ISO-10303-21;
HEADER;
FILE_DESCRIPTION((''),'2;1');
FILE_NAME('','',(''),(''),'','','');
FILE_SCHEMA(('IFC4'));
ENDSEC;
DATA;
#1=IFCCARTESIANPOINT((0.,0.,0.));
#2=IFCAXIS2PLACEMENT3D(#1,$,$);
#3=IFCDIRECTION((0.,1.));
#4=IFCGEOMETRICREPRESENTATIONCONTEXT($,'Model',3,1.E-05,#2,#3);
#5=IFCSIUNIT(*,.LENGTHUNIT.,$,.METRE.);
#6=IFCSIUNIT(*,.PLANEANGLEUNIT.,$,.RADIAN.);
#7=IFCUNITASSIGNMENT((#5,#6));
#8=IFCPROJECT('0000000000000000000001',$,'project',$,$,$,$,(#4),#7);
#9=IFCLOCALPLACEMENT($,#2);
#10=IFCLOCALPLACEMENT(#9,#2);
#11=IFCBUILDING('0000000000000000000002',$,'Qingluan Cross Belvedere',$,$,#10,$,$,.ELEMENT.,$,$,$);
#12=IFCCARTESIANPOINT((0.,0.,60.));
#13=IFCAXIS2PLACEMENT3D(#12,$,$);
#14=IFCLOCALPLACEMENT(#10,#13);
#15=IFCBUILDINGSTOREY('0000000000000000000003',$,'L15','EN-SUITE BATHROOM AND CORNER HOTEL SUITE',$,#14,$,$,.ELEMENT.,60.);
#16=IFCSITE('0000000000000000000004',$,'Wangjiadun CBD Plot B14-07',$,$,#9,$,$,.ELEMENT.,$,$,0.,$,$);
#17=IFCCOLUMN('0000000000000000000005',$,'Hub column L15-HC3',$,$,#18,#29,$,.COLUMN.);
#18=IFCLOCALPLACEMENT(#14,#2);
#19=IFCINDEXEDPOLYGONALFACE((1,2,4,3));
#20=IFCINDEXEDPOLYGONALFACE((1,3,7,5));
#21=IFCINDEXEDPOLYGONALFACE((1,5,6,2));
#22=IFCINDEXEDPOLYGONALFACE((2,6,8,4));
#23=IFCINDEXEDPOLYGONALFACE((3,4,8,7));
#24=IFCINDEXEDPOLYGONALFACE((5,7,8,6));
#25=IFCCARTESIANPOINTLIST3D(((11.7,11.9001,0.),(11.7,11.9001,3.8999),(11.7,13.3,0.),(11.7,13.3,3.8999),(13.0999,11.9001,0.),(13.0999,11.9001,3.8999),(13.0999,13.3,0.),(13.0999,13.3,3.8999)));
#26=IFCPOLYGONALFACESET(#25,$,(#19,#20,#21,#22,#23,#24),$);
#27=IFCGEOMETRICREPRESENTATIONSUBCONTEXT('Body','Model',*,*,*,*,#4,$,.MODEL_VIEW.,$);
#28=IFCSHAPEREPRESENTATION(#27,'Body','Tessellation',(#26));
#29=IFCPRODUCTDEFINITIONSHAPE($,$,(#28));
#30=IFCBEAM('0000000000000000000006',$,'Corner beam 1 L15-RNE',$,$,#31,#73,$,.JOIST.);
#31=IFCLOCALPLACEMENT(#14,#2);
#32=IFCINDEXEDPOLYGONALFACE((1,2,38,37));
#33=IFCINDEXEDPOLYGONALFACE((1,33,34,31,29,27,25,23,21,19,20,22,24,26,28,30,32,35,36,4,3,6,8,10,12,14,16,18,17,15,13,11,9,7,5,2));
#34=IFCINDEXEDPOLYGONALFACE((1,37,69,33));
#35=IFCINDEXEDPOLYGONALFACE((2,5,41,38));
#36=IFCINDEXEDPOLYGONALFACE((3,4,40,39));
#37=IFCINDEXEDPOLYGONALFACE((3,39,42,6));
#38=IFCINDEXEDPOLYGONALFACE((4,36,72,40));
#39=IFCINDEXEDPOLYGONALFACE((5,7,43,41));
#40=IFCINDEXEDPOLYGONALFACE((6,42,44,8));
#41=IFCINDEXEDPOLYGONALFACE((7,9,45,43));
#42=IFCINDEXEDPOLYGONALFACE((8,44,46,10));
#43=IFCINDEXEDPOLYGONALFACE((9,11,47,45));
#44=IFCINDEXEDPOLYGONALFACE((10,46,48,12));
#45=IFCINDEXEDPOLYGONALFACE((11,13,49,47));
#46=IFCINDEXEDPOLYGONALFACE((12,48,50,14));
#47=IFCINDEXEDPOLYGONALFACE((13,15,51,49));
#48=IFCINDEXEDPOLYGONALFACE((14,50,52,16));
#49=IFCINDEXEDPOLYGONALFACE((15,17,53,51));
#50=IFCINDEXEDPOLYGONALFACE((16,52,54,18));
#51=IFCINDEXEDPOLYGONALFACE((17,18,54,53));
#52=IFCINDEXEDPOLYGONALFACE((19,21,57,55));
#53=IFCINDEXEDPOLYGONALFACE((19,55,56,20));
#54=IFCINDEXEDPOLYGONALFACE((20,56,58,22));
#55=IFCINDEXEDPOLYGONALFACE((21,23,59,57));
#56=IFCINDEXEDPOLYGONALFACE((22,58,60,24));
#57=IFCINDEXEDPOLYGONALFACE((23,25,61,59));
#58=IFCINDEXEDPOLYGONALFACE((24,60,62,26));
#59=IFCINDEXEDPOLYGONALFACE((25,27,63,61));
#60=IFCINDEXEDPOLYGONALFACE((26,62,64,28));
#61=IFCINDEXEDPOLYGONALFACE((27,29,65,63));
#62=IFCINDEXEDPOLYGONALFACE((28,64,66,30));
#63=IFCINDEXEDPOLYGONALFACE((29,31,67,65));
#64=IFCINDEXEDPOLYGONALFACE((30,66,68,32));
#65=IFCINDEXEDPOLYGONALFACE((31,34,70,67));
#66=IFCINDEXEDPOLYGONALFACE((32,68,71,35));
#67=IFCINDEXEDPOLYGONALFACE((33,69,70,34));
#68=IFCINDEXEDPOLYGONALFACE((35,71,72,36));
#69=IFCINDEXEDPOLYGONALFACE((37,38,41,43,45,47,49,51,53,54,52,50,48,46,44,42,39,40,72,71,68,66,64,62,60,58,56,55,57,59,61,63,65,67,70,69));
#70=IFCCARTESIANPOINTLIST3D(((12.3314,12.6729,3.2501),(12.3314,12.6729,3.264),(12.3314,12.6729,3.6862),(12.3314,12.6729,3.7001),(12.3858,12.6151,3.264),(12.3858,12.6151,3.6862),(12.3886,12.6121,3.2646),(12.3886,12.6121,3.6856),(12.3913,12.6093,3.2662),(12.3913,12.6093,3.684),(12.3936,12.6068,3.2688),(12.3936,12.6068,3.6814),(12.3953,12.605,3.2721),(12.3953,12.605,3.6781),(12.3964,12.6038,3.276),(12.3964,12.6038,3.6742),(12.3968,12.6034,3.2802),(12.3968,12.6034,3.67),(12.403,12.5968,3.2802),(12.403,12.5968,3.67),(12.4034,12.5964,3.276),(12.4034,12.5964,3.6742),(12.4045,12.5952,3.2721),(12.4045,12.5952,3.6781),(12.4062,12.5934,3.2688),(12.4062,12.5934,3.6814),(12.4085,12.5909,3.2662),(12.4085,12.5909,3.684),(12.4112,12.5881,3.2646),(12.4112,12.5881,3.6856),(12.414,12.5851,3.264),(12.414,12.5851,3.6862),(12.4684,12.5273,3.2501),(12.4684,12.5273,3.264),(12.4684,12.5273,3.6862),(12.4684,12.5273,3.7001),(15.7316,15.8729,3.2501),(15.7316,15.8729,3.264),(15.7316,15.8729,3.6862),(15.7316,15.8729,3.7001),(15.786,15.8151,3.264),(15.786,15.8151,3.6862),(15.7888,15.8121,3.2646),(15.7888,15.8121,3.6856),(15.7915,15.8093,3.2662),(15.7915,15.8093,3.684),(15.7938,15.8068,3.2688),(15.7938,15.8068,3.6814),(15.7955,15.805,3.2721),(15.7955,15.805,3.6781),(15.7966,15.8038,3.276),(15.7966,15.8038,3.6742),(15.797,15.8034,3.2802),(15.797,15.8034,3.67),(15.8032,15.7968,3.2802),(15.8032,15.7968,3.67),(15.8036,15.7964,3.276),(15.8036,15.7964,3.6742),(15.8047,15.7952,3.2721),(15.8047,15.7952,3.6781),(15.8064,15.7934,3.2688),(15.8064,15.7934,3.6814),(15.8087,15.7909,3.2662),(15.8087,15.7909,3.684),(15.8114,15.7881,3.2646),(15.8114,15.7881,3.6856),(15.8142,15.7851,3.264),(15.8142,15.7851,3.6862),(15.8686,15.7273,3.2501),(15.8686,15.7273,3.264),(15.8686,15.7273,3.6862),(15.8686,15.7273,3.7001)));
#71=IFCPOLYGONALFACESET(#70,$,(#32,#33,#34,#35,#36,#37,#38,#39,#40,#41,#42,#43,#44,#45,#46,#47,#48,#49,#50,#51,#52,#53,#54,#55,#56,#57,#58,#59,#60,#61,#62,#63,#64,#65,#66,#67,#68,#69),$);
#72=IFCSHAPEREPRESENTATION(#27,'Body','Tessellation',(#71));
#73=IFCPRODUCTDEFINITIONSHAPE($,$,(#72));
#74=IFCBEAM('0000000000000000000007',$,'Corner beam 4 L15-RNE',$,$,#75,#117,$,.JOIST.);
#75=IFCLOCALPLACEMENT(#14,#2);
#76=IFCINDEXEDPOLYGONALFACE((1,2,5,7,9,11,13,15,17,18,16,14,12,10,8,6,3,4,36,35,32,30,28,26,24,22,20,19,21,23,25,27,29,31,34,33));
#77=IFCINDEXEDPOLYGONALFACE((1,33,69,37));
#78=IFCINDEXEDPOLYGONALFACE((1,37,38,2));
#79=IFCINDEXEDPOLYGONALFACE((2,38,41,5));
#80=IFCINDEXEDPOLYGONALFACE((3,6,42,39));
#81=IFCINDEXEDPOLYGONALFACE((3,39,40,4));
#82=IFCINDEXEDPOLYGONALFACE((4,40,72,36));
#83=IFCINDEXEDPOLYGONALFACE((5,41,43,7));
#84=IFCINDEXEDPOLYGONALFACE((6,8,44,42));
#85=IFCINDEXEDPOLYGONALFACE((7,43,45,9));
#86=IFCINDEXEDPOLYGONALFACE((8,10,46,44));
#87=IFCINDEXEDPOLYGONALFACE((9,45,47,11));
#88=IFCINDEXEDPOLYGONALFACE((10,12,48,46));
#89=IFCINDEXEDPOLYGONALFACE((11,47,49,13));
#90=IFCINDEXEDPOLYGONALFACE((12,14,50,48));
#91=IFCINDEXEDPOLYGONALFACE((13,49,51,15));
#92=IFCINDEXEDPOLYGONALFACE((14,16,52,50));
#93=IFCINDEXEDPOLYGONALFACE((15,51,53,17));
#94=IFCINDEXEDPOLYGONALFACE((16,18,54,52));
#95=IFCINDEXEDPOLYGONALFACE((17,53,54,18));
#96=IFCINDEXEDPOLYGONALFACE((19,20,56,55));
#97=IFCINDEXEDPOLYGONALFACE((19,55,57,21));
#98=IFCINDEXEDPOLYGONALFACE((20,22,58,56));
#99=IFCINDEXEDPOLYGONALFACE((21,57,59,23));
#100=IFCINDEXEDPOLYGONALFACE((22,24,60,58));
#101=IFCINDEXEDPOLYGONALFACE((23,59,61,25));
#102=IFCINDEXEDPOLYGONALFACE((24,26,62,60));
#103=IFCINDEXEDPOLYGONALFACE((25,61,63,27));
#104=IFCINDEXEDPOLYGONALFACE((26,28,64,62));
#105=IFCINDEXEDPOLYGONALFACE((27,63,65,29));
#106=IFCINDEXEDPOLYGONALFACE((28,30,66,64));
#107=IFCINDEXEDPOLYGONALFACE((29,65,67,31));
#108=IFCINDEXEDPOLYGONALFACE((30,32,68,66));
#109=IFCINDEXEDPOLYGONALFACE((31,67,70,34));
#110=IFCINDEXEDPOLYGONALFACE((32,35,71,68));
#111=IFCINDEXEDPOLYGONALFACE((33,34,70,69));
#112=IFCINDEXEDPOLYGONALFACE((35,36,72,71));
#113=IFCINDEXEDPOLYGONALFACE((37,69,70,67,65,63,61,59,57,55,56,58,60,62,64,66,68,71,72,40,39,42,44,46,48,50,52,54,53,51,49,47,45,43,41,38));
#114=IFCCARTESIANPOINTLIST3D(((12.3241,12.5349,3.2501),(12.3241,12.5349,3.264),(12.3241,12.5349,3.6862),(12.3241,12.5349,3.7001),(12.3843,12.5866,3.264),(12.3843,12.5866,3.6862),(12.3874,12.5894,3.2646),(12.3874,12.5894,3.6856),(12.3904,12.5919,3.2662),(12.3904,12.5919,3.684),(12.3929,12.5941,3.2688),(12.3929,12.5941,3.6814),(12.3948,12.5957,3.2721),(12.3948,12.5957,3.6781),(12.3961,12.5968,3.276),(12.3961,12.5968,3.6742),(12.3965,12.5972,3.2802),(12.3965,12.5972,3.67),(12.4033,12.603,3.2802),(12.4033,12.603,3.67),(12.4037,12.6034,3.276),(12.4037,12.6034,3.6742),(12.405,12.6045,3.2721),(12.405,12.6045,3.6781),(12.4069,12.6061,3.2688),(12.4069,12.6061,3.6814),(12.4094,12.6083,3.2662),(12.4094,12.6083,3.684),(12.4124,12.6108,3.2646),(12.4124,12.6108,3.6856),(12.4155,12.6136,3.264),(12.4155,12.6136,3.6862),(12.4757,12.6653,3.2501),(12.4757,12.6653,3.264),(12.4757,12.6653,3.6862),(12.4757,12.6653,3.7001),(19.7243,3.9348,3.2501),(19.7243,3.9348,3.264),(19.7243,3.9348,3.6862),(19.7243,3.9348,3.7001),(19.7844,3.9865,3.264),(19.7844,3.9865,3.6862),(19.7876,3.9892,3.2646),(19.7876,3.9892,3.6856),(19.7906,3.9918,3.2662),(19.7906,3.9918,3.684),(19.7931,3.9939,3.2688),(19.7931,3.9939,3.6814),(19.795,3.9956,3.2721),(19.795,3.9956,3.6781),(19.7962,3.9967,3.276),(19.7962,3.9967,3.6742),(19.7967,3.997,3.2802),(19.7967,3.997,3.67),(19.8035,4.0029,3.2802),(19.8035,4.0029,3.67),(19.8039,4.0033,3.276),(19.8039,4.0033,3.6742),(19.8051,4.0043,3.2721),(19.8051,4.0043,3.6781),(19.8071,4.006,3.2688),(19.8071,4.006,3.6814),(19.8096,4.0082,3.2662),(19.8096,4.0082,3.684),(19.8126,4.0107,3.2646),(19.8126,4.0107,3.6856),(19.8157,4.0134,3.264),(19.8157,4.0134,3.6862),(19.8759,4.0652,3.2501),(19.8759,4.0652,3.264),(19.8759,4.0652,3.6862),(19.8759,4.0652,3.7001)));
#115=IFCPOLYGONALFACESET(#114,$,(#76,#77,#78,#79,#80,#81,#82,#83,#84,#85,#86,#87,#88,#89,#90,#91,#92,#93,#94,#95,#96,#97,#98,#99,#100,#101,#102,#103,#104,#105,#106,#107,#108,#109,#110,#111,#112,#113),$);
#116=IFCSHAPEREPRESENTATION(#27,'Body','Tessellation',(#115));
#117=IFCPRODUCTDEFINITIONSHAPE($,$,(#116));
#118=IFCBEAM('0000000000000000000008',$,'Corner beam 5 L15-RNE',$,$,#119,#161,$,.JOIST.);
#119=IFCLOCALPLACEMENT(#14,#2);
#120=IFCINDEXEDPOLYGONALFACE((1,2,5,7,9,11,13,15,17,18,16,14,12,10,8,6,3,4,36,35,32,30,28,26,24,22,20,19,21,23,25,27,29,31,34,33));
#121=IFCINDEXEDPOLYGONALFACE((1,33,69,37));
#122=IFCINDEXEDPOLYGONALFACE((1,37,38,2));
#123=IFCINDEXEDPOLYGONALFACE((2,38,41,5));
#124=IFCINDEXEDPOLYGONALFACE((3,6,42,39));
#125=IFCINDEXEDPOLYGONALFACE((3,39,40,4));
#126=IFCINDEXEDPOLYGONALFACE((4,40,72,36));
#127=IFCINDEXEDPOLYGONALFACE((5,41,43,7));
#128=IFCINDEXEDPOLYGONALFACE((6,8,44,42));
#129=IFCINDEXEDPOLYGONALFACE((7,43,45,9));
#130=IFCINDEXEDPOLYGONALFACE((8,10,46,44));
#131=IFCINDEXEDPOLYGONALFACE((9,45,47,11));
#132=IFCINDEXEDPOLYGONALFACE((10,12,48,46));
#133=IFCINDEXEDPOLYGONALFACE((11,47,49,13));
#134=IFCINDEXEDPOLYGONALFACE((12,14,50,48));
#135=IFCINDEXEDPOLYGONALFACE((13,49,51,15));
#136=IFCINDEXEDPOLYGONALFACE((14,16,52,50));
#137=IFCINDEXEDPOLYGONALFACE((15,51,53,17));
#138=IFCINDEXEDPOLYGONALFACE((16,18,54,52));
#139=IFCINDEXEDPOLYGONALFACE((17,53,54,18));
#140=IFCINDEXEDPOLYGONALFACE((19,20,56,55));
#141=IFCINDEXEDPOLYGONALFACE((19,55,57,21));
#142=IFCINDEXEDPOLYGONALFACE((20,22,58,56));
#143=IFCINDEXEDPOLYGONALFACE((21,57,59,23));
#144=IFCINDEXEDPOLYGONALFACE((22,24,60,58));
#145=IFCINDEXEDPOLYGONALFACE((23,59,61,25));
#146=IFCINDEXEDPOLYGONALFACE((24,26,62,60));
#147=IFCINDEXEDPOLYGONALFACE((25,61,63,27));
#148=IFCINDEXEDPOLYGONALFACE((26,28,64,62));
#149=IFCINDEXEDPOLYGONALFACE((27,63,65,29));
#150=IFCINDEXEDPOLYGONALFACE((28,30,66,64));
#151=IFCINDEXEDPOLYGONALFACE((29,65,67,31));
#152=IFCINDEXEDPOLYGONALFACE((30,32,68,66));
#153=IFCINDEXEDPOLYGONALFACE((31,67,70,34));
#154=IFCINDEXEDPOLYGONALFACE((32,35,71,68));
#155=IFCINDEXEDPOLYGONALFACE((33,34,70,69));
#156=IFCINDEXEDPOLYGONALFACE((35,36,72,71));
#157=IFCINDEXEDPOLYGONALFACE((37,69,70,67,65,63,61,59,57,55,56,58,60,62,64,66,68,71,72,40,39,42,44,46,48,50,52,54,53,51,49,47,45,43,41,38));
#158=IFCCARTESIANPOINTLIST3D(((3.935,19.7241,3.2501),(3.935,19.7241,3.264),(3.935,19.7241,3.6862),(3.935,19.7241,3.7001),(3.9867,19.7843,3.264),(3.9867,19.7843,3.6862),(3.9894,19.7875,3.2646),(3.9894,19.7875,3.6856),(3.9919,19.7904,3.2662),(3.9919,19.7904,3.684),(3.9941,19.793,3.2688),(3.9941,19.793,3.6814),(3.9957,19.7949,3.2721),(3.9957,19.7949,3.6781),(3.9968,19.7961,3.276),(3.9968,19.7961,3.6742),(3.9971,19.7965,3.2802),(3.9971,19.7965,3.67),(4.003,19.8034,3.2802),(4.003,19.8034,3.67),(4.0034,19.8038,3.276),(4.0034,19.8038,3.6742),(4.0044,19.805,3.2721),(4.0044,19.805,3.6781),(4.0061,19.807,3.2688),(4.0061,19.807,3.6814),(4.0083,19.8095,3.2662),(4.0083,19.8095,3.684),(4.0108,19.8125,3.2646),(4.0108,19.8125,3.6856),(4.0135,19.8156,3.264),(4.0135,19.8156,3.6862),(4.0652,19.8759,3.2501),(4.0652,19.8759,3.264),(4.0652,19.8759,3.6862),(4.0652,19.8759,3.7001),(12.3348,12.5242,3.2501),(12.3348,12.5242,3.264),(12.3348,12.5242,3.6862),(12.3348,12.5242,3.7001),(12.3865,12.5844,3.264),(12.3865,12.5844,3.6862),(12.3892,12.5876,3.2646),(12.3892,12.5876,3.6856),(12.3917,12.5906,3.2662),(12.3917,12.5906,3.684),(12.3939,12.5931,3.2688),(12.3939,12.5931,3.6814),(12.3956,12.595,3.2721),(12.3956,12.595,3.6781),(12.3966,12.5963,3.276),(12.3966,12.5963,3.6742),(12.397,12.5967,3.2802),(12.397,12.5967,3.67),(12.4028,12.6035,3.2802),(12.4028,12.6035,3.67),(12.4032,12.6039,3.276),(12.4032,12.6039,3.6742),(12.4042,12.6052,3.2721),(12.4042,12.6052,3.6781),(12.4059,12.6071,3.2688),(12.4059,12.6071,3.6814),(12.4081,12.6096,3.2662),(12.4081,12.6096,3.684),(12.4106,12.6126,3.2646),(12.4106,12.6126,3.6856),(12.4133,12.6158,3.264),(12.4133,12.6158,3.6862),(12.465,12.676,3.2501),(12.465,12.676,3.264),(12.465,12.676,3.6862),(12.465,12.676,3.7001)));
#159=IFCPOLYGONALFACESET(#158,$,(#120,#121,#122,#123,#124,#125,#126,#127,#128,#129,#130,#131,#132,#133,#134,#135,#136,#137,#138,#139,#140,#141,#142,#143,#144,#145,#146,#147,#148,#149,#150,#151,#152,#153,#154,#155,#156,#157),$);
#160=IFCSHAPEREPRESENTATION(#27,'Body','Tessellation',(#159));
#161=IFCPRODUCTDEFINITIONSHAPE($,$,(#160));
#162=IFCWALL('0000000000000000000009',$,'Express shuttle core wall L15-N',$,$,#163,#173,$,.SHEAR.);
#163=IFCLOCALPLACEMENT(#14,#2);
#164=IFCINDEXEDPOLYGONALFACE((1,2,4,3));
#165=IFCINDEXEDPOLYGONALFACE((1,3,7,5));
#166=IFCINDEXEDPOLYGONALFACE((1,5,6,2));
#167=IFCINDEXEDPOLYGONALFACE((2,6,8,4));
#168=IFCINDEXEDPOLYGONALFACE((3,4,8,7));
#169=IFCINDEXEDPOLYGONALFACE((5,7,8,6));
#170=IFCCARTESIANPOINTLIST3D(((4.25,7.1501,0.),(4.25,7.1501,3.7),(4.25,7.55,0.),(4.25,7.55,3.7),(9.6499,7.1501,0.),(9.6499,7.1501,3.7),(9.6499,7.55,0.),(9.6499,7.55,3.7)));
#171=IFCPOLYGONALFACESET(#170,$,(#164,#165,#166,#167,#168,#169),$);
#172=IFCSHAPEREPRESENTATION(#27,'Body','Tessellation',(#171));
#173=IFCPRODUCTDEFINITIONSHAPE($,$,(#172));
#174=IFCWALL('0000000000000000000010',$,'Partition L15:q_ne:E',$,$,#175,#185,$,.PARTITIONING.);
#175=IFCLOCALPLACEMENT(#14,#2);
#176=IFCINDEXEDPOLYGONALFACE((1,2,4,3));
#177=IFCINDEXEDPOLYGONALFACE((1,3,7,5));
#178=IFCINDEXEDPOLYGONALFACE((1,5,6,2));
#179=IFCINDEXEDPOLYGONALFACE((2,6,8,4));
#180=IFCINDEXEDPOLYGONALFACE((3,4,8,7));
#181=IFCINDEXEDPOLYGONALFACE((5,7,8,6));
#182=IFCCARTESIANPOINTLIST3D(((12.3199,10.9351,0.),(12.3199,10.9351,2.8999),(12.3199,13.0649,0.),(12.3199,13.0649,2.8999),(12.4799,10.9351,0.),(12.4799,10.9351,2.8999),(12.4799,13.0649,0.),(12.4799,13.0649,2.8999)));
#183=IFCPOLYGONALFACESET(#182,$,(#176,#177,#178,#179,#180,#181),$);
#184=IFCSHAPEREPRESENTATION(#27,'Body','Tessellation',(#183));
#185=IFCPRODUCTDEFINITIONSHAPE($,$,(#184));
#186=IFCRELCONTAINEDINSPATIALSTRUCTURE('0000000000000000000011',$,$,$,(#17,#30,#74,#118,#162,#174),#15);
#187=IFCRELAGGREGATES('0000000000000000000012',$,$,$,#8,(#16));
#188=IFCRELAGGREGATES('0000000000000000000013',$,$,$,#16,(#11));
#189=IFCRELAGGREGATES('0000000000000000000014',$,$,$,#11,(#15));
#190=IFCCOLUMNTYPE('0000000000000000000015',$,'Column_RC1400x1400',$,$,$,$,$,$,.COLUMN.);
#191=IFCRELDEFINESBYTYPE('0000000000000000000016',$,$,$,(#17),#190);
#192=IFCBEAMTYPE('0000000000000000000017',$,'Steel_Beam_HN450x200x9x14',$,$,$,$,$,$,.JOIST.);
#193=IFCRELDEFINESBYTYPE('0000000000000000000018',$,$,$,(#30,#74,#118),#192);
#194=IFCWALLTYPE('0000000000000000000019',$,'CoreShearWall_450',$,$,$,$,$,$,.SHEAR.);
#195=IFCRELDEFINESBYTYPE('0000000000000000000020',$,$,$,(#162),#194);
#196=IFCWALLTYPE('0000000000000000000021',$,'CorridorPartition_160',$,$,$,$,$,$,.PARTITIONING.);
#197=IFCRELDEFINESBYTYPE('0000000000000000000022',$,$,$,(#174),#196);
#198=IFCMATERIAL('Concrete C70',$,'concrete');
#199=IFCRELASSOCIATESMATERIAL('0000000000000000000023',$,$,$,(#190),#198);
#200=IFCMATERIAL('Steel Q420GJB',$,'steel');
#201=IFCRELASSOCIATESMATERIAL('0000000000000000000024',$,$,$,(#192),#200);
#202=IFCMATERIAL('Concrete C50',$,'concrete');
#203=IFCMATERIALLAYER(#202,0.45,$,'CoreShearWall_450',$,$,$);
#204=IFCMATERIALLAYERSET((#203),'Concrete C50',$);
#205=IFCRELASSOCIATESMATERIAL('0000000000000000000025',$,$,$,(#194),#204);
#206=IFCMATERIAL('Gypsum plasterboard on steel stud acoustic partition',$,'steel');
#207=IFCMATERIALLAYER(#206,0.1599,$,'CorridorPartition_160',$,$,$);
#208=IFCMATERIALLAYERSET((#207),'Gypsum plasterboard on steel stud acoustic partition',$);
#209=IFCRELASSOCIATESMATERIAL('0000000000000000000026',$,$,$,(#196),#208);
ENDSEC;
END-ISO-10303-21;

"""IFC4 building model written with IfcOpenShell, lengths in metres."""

from ifc_helpers import new_model, si_unit, direction, frame, frame_2d, origin, origin_2d, place, context, subcontext, project, spatial, rectangle, i_section, extrude, material, layer, layer_set, material_profile, profile_set, type_object, element, save


model = new_model("IFC4")

# Units and contexts
model_context = context("Model", 3, precision=1e-05, world=origin(), true_north=direction((0.0, 1.0)))
body_context = subcontext(model_context, "Body", "Model", "MODEL_VIEW")
ifc_project = project(units=[si_unit("LENGTHUNIT", "METRE"), si_unit("PLANEANGLEUNIT", "RADIAN")], contexts=[model_context])

# Site, building, storey
site_placement = place(None, origin())
site = spatial("IfcSite", under=ifc_project, at=site_placement, Name="Wangjiadun CBD Plot B14-07", CompositionType="ELEMENT", RefElevation=0.0)
building_placement = place(site_placement, origin())
building = spatial("IfcBuilding", under=site, at=building_placement, Name="Qingluan Cross Belvedere", CompositionType="ELEMENT")
storey_placement = place(building_placement, frame((0.0, 0.0, 60.0)))
storey = spatial("IfcBuildingStorey", under=building, at=storey_placement, Name="L15", Description="EN-SUITE BATHROOM AND CORNER HOTEL SUITE", CompositionType="ELEMENT", Elevation=60.0)

# Column
ifc_material_1 = material(Name="Concrete C70", Category="concrete")
ifc_material_profile_1 = material_profile(ifc_material_1, rectangle(XDim=1.3999, YDim=1.3999, at=origin_2d()), Name="RC1400x1400")
ifc_profile_set_1 = profile_set([ifc_material_profile_1], Name="Concrete C70")
column_type = type_object("IfcColumnType", Name="Column_RC1400x1400", PredefinedType="COLUMN", material=ifc_profile_set_1)
column_placement = place(storey_placement, frame((12.3999, 12.6001, 0.0), z_axis=(0.0, 0.0, 1.0), x_axis=(1.0, 0.0, 0.0)))
element("IfcColumn", 1, at=column_placement, inside=storey, type_object=column_type, Name="Hub column L15-HC3", PredefinedType="COLUMN", context=body_context, shape_type="SweptSolid", body=[
    extrude(rectangle(XDim=1.3999, YDim=1.3999, at=origin_2d()), origin(), (0.0, 0.0, 1.0), 3.8999),
])

# Beams
ifc_material_2 = material(Name="Steel Q420GJB", Category="steel")
ifc_material_profile_2 = material_profile(ifc_material_2, i_section(OverallWidth=0.2, OverallDepth=0.45, WebThickness=0.009, FlangeThickness=0.0139, FilletRadius=0.0161, at=origin_2d()), Name="HN450x200x9x14")
ifc_profile_set_2 = profile_set([ifc_material_profile_2], Name="Steel Q420GJB")
beam_type = type_object("IfcBeamType", Name="Steel_Beam_HN450x200x9x14", PredefinedType="JOIST", material=ifc_profile_set_2)
beam_1_placement = place(storey_placement, frame((12.3999, 12.6001, 3.4751), z_axis=(0.72822, 0.685343, 0.0), x_axis=(-0.685343, 0.72822, 0.0)))
element("IfcBeam", 2, at=beam_1_placement, inside=storey, type_object=beam_type, Name="Corner beam 1 L15-RNE", PredefinedType="JOIST", context=body_context, shape_type="SweptSolid", body=[
    extrude(i_section(OverallWidth=0.2, OverallDepth=0.45, WebThickness=0.009, FlangeThickness=0.0139, FilletRadius=0.0161, at=origin_2d()), origin(), (0.0, 0.0, 1.0), 4.6692),
])
beam_2_placement = place(storey_placement, frame((12.3999, 12.6001, 3.4751), z_axis=(0.652245, -0.758008, 0.0), x_axis=(0.758008, 0.652245, 0.0)))
element("IfcBeam", 3, at=beam_2_placement, inside=storey, type_object=beam_type, Name="Corner beam 4 L15-RNE", PredefinedType="JOIST", context=body_context, shape_type="SweptSolid", body=[
    extrude(i_section(OverallWidth=0.2, OverallDepth=0.45, WebThickness=0.009, FlangeThickness=0.0139, FilletRadius=0.0161, at=origin_2d()), origin(), (0.0, 0.0, 1.0), 11.3457),
])
beam_3_placement = place(storey_placement, frame((12.3999, 12.6001, 3.4751), z_axis=(-0.759255, 0.650793, 0.0), x_axis=(-0.650793, -0.759255, 0.0)))
element("IfcBeam", 4, at=beam_3_placement, inside=storey, type_object=beam_type, Name="Corner beam 5 L15-RNE", PredefinedType="JOIST", context=body_context, shape_type="SweptSolid", body=[
    extrude(i_section(OverallWidth=0.2, OverallDepth=0.45, WebThickness=0.009, FlangeThickness=0.0139, FilletRadius=0.0161, at=origin_2d()), origin(), (0.0, 0.0, 1.0), 11.0632),
])

# Walls
ifc_material_3 = material(Name="Concrete C50", Category="concrete")
ifc_layer_1 = layer(ifc_material_3, 0.45, Name="CoreShearWall_450")
ifc_layer_set_1 = layer_set([ifc_layer_1], Name="Concrete C50")
wall_type_1 = type_object("IfcWallType", Name="CoreShearWall_450", PredefinedType="SHEAR", material=ifc_layer_set_1)
wall_1_placement = place(storey_placement, frame((4.25, 7.3501, 0.0), z_axis=(0.0, 0.0, 1.0), x_axis=(1.0, 0.0, 0.0)))
element("IfcWall", 5, at=wall_1_placement, inside=storey, type_object=wall_type_1, Name="Express shuttle core wall L15-N", PredefinedType="SHEAR", context=body_context, shape_type="SweptSolid", body=[
    extrude(rectangle(XDim=5.3999, YDim=0.3999, at=frame_2d((2.7, 0.0))), origin(), (0.0, 0.0, 1.0), 3.7),
])
ifc_material_4 = material(Name="Gypsum plasterboard on steel stud acoustic partition", Category="steel")
ifc_layer_2 = layer(ifc_material_4, 0.1599, Name="CorridorPartition_160")
ifc_layer_set_2 = layer_set([ifc_layer_2], Name="Gypsum plasterboard on steel stud acoustic partition")
wall_type_2 = type_object("IfcWallType", Name="CorridorPartition_160", PredefinedType="PARTITIONING", material=ifc_layer_set_2)
wall_2_placement = place(storey_placement, frame((12.3999, 10.9351, 0.0), z_axis=(0.0, 0.0, 1.0), x_axis=(0.0, 1.0, 0.0)))
element("IfcWall", 6, at=wall_2_placement, inside=storey, type_object=wall_type_2, Name="Partition L15:q_ne:E", PredefinedType="PARTITIONING", context=body_context, shape_type="SweptSolid", body=[
    extrude(rectangle(XDim=2.1299, YDim=0.1599, at=frame_2d((1.0649, 0.0))), origin(), (0.0, 0.0, 1.0), 2.8999),
])

save(model, "model.ifc")
